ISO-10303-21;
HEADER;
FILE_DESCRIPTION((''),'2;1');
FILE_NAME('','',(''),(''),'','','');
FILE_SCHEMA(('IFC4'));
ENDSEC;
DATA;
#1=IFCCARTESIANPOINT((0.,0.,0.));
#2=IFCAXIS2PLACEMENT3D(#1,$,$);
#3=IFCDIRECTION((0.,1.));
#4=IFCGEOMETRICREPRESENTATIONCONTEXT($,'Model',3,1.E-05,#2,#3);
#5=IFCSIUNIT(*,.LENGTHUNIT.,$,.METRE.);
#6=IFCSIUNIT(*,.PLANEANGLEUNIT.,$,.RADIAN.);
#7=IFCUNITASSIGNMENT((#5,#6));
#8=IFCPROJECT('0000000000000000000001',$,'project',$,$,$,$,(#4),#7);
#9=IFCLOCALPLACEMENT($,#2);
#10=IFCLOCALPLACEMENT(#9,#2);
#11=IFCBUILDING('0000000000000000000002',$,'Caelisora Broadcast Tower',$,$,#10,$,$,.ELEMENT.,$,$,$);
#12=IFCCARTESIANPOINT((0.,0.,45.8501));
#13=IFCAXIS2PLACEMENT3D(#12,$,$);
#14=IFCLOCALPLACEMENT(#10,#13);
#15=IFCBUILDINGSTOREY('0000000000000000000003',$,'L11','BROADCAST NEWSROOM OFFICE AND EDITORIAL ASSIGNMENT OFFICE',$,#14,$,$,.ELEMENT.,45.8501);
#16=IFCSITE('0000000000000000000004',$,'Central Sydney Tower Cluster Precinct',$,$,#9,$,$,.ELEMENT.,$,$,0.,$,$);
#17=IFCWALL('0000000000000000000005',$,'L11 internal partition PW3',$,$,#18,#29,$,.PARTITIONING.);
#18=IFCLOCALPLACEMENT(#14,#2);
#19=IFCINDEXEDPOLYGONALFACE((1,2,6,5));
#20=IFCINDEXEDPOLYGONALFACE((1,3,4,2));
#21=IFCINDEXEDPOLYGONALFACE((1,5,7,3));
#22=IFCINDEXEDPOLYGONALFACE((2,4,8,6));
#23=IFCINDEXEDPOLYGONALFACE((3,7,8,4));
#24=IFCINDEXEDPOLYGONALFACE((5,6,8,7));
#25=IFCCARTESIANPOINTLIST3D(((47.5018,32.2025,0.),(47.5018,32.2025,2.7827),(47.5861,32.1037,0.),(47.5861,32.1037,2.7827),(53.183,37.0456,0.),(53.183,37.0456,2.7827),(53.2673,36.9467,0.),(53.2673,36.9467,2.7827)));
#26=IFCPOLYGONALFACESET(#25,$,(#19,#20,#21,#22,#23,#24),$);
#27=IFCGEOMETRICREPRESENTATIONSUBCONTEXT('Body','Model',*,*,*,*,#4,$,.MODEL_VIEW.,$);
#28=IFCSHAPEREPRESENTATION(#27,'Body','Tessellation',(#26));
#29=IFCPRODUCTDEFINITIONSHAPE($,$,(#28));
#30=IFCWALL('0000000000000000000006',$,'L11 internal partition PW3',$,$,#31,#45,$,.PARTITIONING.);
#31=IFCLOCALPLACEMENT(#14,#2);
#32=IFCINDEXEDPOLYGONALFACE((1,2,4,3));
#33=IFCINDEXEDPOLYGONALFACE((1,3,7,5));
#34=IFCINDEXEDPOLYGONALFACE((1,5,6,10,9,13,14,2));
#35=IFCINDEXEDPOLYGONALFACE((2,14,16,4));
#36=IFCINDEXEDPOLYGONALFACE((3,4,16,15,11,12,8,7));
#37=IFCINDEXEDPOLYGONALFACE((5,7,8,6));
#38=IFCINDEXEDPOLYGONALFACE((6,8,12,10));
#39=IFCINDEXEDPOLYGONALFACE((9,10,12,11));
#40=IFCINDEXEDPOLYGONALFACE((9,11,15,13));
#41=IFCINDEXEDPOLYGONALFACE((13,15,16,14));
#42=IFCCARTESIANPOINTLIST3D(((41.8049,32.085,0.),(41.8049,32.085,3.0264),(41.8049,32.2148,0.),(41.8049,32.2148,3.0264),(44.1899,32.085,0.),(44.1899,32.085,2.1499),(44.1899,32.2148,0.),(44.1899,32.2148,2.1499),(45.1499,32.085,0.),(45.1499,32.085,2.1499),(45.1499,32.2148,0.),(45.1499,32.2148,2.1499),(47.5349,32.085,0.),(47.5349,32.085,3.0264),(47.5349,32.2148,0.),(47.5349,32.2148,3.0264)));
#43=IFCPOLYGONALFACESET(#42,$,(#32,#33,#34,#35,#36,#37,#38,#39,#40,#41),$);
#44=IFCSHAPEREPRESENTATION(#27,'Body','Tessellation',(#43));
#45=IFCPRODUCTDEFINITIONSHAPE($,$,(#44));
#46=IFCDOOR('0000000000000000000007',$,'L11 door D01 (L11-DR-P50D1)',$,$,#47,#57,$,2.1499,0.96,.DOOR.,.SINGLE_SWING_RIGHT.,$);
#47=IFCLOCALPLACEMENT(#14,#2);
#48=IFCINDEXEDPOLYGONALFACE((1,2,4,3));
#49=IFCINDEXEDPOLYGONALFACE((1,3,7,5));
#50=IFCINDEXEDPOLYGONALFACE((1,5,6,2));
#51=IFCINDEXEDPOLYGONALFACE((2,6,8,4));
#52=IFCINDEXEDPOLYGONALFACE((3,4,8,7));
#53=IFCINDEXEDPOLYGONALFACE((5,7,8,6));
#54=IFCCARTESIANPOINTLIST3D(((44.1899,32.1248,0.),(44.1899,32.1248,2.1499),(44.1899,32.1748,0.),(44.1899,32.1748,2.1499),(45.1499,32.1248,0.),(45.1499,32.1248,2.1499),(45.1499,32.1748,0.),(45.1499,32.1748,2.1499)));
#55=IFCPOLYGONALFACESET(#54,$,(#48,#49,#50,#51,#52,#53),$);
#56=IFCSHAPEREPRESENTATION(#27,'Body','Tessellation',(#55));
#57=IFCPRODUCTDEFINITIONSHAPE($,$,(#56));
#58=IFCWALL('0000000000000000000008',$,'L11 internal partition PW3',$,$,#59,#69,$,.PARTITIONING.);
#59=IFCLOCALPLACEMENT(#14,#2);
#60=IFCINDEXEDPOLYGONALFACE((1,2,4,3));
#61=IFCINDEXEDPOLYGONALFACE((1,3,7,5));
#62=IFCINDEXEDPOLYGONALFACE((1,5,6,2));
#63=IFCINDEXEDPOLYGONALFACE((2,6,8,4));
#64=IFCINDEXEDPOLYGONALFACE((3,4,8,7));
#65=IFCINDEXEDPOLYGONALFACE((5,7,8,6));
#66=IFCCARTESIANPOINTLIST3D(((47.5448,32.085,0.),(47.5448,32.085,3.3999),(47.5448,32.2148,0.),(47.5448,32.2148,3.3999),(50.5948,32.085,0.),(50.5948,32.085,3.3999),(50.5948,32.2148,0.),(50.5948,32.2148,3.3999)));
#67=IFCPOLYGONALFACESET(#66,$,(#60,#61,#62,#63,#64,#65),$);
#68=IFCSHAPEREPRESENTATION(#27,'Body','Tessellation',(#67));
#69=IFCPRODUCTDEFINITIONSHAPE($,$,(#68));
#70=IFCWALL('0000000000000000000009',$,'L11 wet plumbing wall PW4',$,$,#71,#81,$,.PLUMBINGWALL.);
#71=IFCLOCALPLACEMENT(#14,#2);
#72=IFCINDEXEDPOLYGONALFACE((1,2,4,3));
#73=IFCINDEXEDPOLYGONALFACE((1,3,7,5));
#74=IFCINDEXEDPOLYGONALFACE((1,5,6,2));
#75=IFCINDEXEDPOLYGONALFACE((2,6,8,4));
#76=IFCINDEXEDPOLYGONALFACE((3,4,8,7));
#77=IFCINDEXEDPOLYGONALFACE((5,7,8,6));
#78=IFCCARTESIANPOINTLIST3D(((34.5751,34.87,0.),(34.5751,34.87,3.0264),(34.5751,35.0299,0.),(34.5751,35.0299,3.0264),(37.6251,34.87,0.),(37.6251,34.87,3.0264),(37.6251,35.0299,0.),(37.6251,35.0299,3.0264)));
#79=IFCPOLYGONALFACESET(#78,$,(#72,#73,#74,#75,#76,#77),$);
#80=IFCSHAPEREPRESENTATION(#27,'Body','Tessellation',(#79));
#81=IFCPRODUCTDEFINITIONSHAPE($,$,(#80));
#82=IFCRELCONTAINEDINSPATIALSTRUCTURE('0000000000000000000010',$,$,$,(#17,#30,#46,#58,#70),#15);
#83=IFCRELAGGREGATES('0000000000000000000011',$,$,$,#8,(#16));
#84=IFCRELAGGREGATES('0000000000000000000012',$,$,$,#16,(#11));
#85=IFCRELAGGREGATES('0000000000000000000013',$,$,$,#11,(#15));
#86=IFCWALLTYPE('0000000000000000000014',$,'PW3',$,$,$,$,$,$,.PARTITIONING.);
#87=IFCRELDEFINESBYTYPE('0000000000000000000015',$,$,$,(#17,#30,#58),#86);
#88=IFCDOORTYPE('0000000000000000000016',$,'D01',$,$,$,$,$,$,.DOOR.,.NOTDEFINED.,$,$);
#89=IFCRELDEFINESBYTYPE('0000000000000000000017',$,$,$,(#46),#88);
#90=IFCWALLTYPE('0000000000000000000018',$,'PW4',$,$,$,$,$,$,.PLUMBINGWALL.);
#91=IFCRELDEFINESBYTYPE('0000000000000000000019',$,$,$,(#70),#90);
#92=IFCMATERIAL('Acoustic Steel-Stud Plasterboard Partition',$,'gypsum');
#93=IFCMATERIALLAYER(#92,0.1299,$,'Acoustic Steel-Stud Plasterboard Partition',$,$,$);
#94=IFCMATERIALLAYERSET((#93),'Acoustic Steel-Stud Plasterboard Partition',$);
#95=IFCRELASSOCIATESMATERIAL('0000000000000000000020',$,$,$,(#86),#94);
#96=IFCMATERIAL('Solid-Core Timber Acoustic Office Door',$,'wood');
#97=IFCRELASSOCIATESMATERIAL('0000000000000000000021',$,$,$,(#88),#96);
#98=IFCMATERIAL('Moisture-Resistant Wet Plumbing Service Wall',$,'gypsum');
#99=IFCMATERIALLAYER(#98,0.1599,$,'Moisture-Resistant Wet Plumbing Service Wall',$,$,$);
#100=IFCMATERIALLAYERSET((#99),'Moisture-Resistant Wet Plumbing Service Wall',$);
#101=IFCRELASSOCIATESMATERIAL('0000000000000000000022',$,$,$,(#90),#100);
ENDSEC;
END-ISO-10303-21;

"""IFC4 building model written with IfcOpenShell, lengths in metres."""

from ifc_helpers import new_model, si_unit, direction, frame, frame_2d, origin, place, context, subcontext, project, spatial, rectangle, extrude, material, layer, layer_set, type_object, element, fill, save


model = new_model("IFC4")

# Units and contexts
model_context = context("Model", 3, precision=1e-05, world=origin(), true_north=direction((0.0, 1.0)))
body_context = subcontext(model_context, "Body", "Model", "MODEL_VIEW")
ifc_project = project(units=[si_unit("LENGTHUNIT", "METRE"), si_unit("PLANEANGLEUNIT", "RADIAN")], contexts=[model_context])

# Site, building, storey
site_placement = place(None, origin())
site = spatial("IfcSite", under=ifc_project, at=site_placement, Name="Central Sydney Tower Cluster Precinct", CompositionType="ELEMENT", RefElevation=0.0)
building_placement = place(site_placement, origin())
building = spatial("IfcBuilding", under=site, at=building_placement, Name="Caelisora Broadcast Tower", CompositionType="ELEMENT")
storey_placement = place(building_placement, frame((0.0, 0.0, 45.8501)))
storey = spatial("IfcBuildingStorey", under=building, at=storey_placement, Name="L11", Description="BROADCAST NEWSROOM OFFICE AND EDITORIAL ASSIGNMENT OFFICE", CompositionType="ELEMENT", Elevation=45.8501)

# Shared definitions
ifc_material_1 = material(Name="Acoustic Steel-Stud Plasterboard Partition", Category="gypsum")
ifc_layer_1 = layer(ifc_material_1, 0.1299, Name="Acoustic Steel-Stud Plasterboard Partition")
ifc_layer_set_1 = layer_set([ifc_layer_1], Name="Acoustic Steel-Stud Plasterboard Partition")
wall_type_1 = type_object("IfcWallType", Name="PW3", PredefinedType="PARTITIONING", material=ifc_layer_set_1)
ifc_material_2 = material(Name="Solid-Core Timber Acoustic Office Door", Category="wood")
door_type = type_object("IfcDoorType", Name="D01", OperationType="NOTDEFINED", PredefinedType="DOOR", material=ifc_material_2)

# Wall
wall_1_placement = place(storey_placement, frame((47.5439, 32.1531, 0.0), z_axis=(0.0, 0.0, 1.0), x_axis=(0.761011, 0.648739, 0.0)))
element("IfcWall", 1, at=wall_1_placement, inside=storey, type_object=wall_type_1, Name="L11 internal partition PW3", PredefinedType="PARTITIONING", context=body_context, shape_type="SweptSolid", body=[
    extrude(rectangle(XDim=7.4653, YDim=0.1299, at=frame_2d((3.7327, 0.0))), origin(), (0.0, 0.0, 1.0), 2.7827),
])

# Wall, opening, door
wall_2_placement = place(storey_placement, frame((41.8049, 32.1499, 0.0), z_axis=(0.0, 0.0, 1.0), x_axis=(1.0, 0.0, 0.0)))
wall_2 = element("IfcWall", 2, at=wall_2_placement, inside=storey, type_object=wall_type_1, Name="L11 internal partition PW3", PredefinedType="PARTITIONING", context=body_context, shape_type="SweptSolid", body=[
    extrude(rectangle(XDim=5.73, YDim=0.1299, at=frame_2d((2.865, 0.0))), origin(), (0.0, 0.0, 1.0), 3.0264),
])
opening_1_placement = place(wall_2_placement, frame((2.385, 0.0, 0.0)))
opening_1 = element("IfcOpeningElement", 3, at=opening_1_placement, cuts=wall_2, PredefinedType="OPENING", context=body_context, shape_type="SweptSolid", body=[
    extrude(rectangle(XDim=0.96, YDim=2.1499, at=frame_2d((0.48, 1.075))), frame((0.0, 0.0769, 0.0), z_axis=(0.0, -1.0, 0.0), x_axis=(1.0, 0.0, 0.0)), (0.0, 0.0, 1.0), 0.1538),
])
door_1_placement = place(opening_1_placement, origin())
door_1 = element("IfcDoor", 4, at=door_1_placement, inside=storey, type_object=door_type, Name="L11 door D01 (L11-DR-P50D1)", OperationType="SINGLE_SWING_RIGHT", OverallHeight=2.1499, OverallWidth=0.96, PredefinedType="DOOR", context=body_context, shape_type="SweptSolid", body=[
    extrude(rectangle(XDim=0.96, YDim=2.1499, at=frame_2d((0.48, 1.075))), frame((0.0, 0.0249, 0.0), z_axis=(0.0, -1.0, 0.0), x_axis=(1.0, 0.0, 0.0)), (0.0, 0.0, 1.0), 0.05),
])
fill(opening_1, door_1)

# Walls
wall_3_placement = place(storey_placement, frame((47.5449, 32.1499, 0.0), z_axis=(0.0, 0.0, 1.0), x_axis=(1.0, 0.0, 0.0)))
element("IfcWall", 5, at=wall_3_placement, inside=storey, type_object=wall_type_1, Name="L11 internal partition PW3", PredefinedType="PARTITIONING", context=body_context, shape_type="SweptSolid", body=[
    extrude(rectangle(XDim=3.05, YDim=0.1299, at=frame_2d((1.5249, 0.0))), origin(), (0.0, 0.0, 1.0), 3.3999),
])
ifc_material_3 = material(Name="Moisture-Resistant Wet Plumbing Service Wall", Category="gypsum")
ifc_layer_2 = layer(ifc_material_3, 0.1599, Name="Moisture-Resistant Wet Plumbing Service Wall")
ifc_layer_set_2 = layer_set([ifc_layer_2], Name="Moisture-Resistant Wet Plumbing Service Wall")
wall_type_2 = type_object("IfcWallType", Name="PW4", PredefinedType="PLUMBINGWALL", material=ifc_layer_set_2)
wall_4_placement = place(storey_placement, frame((37.625, 34.95, 0.0), z_axis=(0.0, 0.0, 1.0), x_axis=(-1.0, 0.0, 0.0)))
element("IfcWall", 6, at=wall_4_placement, inside=storey, type_object=wall_type_2, Name="L11 wet plumbing wall PW4", PredefinedType="PLUMBINGWALL", context=body_context, shape_type="SweptSolid", body=[
    extrude(rectangle(XDim=3.05, YDim=0.1599, at=frame_2d((1.5249, 0.0))), origin(), (0.0, 0.0, 1.0), 3.0264),
])

save(model, "model.ifc")
